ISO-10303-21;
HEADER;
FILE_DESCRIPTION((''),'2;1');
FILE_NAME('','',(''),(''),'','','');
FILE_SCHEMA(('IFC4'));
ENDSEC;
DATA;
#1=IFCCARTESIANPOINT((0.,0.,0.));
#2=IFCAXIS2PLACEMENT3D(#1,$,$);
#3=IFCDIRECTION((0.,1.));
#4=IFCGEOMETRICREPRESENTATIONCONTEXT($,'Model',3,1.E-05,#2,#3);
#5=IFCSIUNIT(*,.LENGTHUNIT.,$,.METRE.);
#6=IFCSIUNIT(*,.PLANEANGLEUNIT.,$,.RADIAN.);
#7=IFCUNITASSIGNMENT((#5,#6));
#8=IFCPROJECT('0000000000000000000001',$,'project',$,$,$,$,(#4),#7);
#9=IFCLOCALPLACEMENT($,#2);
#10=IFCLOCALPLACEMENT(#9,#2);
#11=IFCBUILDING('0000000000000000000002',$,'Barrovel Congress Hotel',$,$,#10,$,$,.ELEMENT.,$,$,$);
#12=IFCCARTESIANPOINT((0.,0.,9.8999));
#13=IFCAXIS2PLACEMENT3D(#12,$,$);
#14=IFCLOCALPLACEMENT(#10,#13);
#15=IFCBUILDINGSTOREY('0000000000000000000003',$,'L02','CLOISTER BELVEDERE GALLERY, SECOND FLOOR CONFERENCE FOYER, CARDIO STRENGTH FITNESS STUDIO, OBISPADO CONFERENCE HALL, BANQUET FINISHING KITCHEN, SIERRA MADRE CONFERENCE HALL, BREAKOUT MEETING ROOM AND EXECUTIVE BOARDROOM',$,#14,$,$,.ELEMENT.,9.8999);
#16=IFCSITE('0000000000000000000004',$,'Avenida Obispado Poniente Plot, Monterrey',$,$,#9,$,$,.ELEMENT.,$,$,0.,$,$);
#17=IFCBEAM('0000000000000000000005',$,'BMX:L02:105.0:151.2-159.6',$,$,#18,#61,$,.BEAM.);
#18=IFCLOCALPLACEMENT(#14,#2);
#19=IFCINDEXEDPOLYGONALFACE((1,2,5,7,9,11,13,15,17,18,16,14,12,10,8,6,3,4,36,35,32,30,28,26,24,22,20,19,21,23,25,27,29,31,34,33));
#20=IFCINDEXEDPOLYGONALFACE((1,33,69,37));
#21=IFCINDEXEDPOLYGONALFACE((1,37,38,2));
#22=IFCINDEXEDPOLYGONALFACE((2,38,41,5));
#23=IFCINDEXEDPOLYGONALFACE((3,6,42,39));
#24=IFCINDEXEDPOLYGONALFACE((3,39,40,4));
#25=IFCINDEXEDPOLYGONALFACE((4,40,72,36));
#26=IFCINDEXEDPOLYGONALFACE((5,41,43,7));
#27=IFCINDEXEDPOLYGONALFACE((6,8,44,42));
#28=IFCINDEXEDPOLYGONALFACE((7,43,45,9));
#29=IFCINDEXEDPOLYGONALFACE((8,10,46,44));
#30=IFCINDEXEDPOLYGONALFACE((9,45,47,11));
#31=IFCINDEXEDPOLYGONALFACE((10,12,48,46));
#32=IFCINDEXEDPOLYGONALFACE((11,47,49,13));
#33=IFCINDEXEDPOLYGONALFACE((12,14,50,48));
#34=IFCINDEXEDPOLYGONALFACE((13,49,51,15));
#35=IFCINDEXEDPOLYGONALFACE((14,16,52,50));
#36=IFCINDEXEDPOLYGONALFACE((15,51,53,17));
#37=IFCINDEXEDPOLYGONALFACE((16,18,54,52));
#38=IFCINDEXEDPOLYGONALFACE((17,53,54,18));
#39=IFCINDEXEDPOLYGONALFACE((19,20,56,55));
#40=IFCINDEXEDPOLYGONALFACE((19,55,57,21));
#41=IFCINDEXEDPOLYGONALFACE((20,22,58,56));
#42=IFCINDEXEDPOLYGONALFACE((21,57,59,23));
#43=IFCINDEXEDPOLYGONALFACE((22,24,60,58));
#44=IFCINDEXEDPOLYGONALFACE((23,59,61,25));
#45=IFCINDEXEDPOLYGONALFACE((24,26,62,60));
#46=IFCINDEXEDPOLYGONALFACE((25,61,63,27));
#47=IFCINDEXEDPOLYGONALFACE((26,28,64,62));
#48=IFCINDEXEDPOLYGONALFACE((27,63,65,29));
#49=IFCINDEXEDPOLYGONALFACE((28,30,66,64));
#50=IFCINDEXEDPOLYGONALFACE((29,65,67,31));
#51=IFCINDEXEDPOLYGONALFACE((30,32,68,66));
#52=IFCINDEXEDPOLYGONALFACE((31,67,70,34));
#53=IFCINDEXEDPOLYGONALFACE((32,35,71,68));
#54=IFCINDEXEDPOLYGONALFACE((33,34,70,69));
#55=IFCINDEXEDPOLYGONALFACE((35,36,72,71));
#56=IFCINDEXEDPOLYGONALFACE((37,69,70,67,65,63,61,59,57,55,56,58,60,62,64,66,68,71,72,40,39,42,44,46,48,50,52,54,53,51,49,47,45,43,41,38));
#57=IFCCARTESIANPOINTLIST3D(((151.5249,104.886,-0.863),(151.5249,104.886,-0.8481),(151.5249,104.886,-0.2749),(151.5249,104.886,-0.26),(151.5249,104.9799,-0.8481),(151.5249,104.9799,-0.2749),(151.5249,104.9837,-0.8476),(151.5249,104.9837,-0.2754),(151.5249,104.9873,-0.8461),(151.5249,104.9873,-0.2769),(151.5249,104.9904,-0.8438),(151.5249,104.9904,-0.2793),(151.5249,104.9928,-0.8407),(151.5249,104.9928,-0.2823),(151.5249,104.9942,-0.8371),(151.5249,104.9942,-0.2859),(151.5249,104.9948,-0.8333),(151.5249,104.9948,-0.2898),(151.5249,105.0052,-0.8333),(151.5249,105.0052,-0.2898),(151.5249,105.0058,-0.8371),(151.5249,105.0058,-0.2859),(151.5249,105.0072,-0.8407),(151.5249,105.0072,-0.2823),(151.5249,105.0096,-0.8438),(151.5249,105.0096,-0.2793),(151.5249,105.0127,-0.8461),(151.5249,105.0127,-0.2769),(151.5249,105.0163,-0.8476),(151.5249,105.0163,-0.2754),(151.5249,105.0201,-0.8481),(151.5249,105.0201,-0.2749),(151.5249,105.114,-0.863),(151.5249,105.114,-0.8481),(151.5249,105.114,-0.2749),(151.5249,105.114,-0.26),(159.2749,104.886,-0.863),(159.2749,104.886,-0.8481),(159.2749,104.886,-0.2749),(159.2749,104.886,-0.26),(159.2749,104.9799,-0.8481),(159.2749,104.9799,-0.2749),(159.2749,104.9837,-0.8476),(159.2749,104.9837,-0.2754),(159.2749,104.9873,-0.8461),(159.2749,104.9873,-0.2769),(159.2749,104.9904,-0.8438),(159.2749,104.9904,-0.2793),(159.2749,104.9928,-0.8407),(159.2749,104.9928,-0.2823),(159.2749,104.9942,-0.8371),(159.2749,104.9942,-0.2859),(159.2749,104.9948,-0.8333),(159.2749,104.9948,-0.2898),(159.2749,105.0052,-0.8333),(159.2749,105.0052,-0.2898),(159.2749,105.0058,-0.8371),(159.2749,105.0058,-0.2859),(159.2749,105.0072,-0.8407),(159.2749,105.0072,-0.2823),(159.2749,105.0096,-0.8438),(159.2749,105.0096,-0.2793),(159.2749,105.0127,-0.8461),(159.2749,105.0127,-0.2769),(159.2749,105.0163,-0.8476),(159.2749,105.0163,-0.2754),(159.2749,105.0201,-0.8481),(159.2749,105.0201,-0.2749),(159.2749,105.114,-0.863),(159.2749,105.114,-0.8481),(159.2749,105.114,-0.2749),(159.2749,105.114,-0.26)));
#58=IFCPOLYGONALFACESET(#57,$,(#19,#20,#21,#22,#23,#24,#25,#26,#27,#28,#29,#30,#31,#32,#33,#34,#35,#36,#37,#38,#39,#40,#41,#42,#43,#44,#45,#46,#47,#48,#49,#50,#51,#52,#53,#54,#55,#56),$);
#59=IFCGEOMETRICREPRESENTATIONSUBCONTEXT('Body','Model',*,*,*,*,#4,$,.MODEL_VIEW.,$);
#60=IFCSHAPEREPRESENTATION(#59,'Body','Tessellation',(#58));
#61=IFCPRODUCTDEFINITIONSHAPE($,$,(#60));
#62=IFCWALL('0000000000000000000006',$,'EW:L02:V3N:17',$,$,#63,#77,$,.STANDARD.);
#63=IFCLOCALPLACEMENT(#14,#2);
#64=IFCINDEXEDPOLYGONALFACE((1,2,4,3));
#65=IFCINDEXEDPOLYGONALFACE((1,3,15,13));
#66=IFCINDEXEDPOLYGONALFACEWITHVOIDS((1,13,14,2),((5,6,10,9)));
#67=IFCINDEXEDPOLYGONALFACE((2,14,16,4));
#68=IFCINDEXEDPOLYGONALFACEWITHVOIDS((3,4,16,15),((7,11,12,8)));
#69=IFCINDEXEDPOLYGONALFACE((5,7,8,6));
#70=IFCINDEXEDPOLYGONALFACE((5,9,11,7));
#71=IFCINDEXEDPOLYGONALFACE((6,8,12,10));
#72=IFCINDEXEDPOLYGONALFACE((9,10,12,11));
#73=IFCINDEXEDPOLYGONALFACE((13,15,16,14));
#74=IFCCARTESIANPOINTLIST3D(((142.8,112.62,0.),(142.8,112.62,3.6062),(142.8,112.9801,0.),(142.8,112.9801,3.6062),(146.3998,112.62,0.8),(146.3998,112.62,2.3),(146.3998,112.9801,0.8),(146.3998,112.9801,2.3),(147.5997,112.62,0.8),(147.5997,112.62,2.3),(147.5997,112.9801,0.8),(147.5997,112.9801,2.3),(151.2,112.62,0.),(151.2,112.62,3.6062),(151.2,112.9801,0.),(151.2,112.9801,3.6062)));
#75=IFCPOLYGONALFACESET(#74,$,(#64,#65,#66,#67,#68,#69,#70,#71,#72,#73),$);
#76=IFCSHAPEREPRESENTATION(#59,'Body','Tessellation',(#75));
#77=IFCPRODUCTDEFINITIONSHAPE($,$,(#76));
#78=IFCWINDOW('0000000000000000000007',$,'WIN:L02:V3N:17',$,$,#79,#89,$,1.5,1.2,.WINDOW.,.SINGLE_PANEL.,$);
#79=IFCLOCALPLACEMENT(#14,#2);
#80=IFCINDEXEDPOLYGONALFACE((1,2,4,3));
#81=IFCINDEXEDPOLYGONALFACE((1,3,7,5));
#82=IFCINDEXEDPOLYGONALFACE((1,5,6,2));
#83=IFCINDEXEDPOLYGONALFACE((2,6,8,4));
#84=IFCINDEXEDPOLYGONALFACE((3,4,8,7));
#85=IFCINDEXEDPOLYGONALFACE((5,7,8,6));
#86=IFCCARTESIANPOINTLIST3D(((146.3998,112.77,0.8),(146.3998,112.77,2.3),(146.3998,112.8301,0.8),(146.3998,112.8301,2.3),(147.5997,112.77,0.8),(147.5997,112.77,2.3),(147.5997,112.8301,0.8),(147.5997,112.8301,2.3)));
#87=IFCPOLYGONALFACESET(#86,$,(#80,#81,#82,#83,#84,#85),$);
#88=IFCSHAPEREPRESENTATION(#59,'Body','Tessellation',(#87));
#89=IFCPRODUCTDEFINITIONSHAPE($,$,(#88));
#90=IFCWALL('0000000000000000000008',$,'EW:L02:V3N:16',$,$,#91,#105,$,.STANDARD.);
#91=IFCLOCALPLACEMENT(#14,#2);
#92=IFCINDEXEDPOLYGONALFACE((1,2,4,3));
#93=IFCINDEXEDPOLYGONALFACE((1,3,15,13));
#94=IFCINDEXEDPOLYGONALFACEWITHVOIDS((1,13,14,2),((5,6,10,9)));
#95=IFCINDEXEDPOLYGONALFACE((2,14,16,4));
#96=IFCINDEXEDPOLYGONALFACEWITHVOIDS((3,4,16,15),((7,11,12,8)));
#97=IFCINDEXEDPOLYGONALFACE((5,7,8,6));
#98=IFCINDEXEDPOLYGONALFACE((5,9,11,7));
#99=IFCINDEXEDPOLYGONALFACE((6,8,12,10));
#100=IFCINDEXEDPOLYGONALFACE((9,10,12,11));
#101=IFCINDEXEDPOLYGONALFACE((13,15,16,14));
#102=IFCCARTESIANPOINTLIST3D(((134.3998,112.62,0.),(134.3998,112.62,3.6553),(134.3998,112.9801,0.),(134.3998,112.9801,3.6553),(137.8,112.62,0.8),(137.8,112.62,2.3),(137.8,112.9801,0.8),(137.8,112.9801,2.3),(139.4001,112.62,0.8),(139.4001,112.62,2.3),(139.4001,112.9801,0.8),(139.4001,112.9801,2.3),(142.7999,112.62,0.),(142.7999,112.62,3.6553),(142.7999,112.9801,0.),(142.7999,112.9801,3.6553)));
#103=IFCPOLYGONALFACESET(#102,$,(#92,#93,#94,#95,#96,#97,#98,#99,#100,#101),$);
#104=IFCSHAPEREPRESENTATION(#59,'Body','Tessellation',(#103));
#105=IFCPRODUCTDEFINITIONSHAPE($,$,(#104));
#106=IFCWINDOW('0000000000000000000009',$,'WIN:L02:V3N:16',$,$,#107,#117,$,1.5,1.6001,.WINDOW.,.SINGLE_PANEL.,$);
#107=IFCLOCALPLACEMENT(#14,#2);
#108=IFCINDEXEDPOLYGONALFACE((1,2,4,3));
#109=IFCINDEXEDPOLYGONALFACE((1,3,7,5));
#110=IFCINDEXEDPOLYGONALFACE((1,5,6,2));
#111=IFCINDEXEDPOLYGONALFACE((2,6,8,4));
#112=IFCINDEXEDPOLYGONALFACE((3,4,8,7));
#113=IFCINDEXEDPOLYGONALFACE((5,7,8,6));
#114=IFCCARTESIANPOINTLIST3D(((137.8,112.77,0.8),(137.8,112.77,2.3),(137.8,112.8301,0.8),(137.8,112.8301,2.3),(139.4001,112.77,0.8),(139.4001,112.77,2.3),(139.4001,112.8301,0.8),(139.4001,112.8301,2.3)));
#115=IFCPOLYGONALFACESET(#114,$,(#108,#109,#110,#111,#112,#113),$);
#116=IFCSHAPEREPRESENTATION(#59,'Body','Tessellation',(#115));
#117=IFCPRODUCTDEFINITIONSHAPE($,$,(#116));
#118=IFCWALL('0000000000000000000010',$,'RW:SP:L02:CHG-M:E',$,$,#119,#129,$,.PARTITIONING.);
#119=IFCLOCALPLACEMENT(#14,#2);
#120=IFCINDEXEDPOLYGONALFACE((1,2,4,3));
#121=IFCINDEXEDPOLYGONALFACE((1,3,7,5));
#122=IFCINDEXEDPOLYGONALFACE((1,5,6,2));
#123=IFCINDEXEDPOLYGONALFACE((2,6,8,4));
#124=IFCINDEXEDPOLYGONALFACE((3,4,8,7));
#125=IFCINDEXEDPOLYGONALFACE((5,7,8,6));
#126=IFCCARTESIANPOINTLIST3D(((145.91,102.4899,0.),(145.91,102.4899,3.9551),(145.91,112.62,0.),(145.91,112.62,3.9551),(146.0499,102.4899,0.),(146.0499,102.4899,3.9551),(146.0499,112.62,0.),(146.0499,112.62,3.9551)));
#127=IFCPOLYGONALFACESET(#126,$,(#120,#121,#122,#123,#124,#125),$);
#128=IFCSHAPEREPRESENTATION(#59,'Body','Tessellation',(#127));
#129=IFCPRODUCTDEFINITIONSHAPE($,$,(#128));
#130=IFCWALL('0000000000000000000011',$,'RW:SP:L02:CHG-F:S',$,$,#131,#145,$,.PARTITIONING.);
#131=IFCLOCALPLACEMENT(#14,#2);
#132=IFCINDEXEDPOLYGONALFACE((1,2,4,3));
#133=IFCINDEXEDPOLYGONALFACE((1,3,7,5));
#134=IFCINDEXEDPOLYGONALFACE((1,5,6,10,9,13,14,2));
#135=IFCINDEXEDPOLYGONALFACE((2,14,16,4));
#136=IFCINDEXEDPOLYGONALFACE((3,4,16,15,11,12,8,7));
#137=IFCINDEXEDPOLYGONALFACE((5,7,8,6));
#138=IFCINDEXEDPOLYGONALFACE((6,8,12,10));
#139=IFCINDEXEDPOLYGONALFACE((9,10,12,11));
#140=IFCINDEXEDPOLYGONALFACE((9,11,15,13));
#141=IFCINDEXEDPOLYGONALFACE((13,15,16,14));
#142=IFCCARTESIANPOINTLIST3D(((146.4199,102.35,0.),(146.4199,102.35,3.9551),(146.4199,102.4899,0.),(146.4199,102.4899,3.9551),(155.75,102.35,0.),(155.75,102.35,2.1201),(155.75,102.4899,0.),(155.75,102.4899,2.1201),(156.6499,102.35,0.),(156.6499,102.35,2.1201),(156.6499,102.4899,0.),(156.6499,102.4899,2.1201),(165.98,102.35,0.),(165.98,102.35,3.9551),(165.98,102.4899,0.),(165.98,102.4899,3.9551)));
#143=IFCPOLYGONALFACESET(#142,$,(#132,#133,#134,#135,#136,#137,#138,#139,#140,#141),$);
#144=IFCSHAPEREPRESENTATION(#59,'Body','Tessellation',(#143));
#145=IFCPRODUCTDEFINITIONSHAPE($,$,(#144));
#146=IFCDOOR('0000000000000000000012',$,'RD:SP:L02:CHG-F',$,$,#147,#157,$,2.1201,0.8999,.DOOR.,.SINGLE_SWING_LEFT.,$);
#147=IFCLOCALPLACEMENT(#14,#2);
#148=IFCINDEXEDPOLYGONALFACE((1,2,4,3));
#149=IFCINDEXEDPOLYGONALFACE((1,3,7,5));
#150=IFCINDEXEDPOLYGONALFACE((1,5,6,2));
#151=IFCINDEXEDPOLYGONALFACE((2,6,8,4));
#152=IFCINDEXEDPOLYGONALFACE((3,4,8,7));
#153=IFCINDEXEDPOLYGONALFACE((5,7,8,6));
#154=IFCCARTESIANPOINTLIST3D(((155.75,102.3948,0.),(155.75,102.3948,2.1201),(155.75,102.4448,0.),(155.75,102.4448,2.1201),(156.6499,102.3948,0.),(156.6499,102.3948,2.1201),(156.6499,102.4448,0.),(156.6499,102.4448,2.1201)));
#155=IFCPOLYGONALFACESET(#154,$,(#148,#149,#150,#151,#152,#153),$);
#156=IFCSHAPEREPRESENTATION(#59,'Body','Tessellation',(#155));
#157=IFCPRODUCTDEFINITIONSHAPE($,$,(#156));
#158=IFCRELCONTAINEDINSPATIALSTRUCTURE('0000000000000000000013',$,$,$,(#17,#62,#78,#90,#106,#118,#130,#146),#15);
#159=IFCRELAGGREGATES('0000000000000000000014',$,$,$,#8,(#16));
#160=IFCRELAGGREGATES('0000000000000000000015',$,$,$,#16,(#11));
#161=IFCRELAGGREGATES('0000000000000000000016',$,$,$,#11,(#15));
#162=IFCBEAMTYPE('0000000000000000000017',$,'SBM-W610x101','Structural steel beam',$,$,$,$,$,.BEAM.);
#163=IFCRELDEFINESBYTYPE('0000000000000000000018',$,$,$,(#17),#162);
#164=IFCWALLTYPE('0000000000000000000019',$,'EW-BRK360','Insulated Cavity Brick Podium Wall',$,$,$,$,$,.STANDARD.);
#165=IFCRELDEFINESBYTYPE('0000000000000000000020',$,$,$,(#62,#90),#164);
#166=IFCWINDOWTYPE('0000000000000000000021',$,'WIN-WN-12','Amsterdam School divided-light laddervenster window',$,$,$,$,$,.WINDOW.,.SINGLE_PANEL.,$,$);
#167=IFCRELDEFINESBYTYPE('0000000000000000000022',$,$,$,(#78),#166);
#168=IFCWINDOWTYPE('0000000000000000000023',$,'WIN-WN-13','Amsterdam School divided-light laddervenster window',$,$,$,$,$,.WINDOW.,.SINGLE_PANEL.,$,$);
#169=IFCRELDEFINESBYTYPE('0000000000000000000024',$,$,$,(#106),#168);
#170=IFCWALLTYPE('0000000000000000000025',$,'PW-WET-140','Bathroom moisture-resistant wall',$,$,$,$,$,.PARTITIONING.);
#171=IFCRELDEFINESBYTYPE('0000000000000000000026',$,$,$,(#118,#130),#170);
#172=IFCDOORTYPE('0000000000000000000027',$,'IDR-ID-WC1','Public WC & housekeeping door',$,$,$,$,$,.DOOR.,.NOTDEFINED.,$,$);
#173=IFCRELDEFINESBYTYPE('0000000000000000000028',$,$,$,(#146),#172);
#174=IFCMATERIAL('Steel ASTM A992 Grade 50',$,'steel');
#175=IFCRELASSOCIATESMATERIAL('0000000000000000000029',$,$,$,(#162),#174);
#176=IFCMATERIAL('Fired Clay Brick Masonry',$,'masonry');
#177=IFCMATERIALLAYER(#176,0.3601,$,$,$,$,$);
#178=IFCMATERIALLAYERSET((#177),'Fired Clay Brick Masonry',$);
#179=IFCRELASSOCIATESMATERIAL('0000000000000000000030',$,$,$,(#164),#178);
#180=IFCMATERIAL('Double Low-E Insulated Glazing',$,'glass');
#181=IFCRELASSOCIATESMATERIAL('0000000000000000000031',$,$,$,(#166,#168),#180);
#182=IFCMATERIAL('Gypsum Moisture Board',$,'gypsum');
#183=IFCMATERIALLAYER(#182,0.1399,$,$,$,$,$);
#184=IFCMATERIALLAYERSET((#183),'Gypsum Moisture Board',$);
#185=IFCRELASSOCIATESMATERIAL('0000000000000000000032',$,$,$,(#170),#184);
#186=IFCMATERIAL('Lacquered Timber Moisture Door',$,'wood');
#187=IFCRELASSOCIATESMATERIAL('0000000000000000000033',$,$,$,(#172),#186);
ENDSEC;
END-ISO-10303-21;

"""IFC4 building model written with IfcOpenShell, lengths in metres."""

from ifc_helpers import new_model, si_unit, direction, frame, frame_2d, origin, origin_2d, place, context, subcontext, project, spatial, rectangle, i_section, extrude, material, layer, layer_set, material_profile, profile_set, type_object, element, fill, save


model = new_model("IFC4")

# Units and contexts
model_context = context("Model", 3, precision=1e-05, world=origin(), true_north=direction((0.0, 1.0)))
body_context = subcontext(model_context, "Body", "Model", "MODEL_VIEW")
ifc_project = project(units=[si_unit("LENGTHUNIT", "METRE"), si_unit("PLANEANGLEUNIT", "RADIAN")], contexts=[model_context])

# Site, building, storey
site_placement = place(None, origin())
site = spatial("IfcSite", under=ifc_project, at=site_placement, Name="Avenida Obispado Poniente Plot, Monterrey", CompositionType="ELEMENT", RefElevation=0.0)
building_placement = place(site_placement, origin())
building = spatial("IfcBuilding", under=site, at=building_placement, Name="Barrovel Congress Hotel", CompositionType="ELEMENT")
storey_placement = place(building_placement, frame((0.0, 0.0, 9.8999)))
storey = spatial("IfcBuildingStorey", under=building, at=storey_placement, Name="L02", Description="CLOISTER BELVEDERE GALLERY, SECOND FLOOR CONFERENCE FOYER, CARDIO STRENGTH FITNESS STUDIO, OBISPADO CONFERENCE HALL, BANQUET FINISHING KITCHEN, SIERRA MADRE CONFERENCE HALL, BREAKOUT MEETING ROOM AND EXECUTIVE BOARDROOM", CompositionType="ELEMENT", Elevation=9.8999)

# Beam
ifc_material_1 = material(Name="Steel ASTM A992 Grade 50", Category="steel")
ifc_material_profile_1 = material_profile(ifc_material_1, i_section(OverallWidth=0.228, OverallDepth=0.603, WebThickness=0.0105, FlangeThickness=0.0149, FilletRadius=0.0149, at=origin_2d()), Name="W610x101")
ifc_profile_set_1 = profile_set([ifc_material_profile_1], Name="Steel ASTM A992 Grade 50")
beam_type_1 = type_object("IfcBeamType", Name="SBM-W610x101", Description="Structural steel beam", PredefinedType="BEAM", material=ifc_profile_set_1)
beam_1_placement = place(storey_placement, frame((151.5249, 105.0, -0.5615), z_axis=(1.0, 0.0, 0.0), x_axis=(0.0, 1.0, 0.0)))
element("IfcBeam", 1, at=beam_1_placement, inside=storey, type_object=beam_type_1, Name="BMX:L02:105.0:151.2-159.6", PredefinedType="BEAM", context=body_context, shape_type="SweptSolid", body=[
    extrude(i_section(OverallWidth=0.228, OverallDepth=0.603, WebThickness=0.0105, FlangeThickness=0.0149, FilletRadius=0.0149, at=origin_2d()), origin(), (0.0, 0.0, 1.0), 7.75),
])

# Walls, openings, windows
ifc_material_2 = material(Name="Fired Clay Brick Masonry", Category="masonry")
ifc_layer_1 = layer(ifc_material_2, 0.3601)
ifc_layer_set_1 = layer_set([ifc_layer_1], Name="Fired Clay Brick Masonry")
wall_type_1 = type_object("IfcWallType", Name="EW-BRK360", Description="Insulated Cavity Brick Podium Wall", PredefinedType="STANDARD", material=ifc_layer_set_1)
wall_1_placement = place(storey_placement, frame((151.2, 112.8, 0.0), z_axis=(0.0, 0.0, 1.0), x_axis=(-1.0, 0.0, 0.0)))
wall_1 = element("IfcWall", 2, at=wall_1_placement, inside=storey, type_object=wall_type_1, Name="EW:L02:V3N:17", PredefinedType="STANDARD", context=body_context, shape_type="SweptSolid", body=[
    extrude(rectangle(XDim=8.3999, YDim=0.3601, at=frame_2d((4.2, 0.0))), origin(), (0.0, 0.0, 1.0), 3.6062),
])
opening_1_placement = place(wall_1_placement, frame((3.6001, 0.0, 0.8)))
opening_1 = element("IfcOpeningElement", 3, at=opening_1_placement, cuts=wall_1, PredefinedType="OPENING", context=body_context, shape_type="SweptSolid", body=[
    extrude(rectangle(XDim=1.2, YDim=1.5, at=frame_2d((0.6001, 0.75))), frame((0.0, 0.1899, 0.0), z_axis=(0.0, -1.0, 0.0), x_axis=(1.0, 0.0, 0.0)), (0.0, 0.0, 1.0), 0.3801),
])
ifc_material_3 = material(Name="Double Low-E Insulated Glazing", Category="glass")
window_type_1 = type_object("IfcWindowType", Name="WIN-WN-12", Description="Amsterdam School divided-light laddervenster window", PartitioningType="SINGLE_PANEL", PredefinedType="WINDOW", material=ifc_material_3)
window_1_placement = place(opening_1_placement, origin())
window_1 = element("IfcWindow", 4, at=window_1_placement, inside=storey, type_object=window_type_1, Name="WIN:L02:V3N:17", OverallHeight=1.5, OverallWidth=1.2, PartitioningType="SINGLE_PANEL", PredefinedType="WINDOW", context=body_context, shape_type="SweptSolid", body=[
    extrude(rectangle(XDim=1.2, YDim=1.5, at=frame_2d((0.6001, 0.75))), frame((0.0, 0.03, 0.0), z_axis=(0.0, -1.0, 0.0), x_axis=(1.0, 0.0, 0.0)), (0.0, 0.0, 1.0), 0.0601),
])
fill(opening_1, window_1)
wall_2_placement = place(storey_placement, frame((142.8, 112.8, 0.0), z_axis=(0.0, 0.0, 1.0), x_axis=(-1.0, 0.0, 0.0)))
wall_2 = element("IfcWall", 5, at=wall_2_placement, inside=storey, type_object=wall_type_1, Name="EW:L02:V3N:16", PredefinedType="STANDARD", context=body_context, shape_type="SweptSolid", body=[
    extrude(rectangle(XDim=8.4001, YDim=0.3601, at=frame_2d((4.2002, 0.0))), origin(), (0.0, 0.0, 1.0), 3.6553),
])
opening_2_placement = place(wall_2_placement, frame((3.3999, 0.0, 0.8)))
opening_2 = element("IfcOpeningElement", 6, at=opening_2_placement, cuts=wall_2, PredefinedType="OPENING", context=body_context, shape_type="SweptSolid", body=[
    extrude(rectangle(XDim=1.6001, YDim=1.5, at=frame_2d((0.8, 0.75))), frame((0.0, 0.1899, 0.0), z_axis=(0.0, -1.0, 0.0), x_axis=(1.0, 0.0, 0.0)), (0.0, 0.0, 1.0), 0.3801),
])
window_type_2 = type_object("IfcWindowType", Name="WIN-WN-13", Description="Amsterdam School divided-light laddervenster window", PartitioningType="SINGLE_PANEL", PredefinedType="WINDOW", material=ifc_material_3)
window_2_placement = place(opening_2_placement, origin())
window_2 = element("IfcWindow", 7, at=window_2_placement, inside=storey, type_object=window_type_2, Name="WIN:L02:V3N:16", OverallHeight=1.5, OverallWidth=1.6001, PartitioningType="SINGLE_PANEL", PredefinedType="WINDOW", context=body_context, shape_type="SweptSolid", body=[
    extrude(rectangle(XDim=1.6001, YDim=1.5, at=frame_2d((0.8, 0.75))), frame((0.0, 0.03, 0.0), z_axis=(0.0, -1.0, 0.0), x_axis=(1.0, 0.0, 0.0)), (0.0, 0.0, 1.0), 0.0601),
])
fill(opening_2, window_2)

# Wall
ifc_material_4 = material(Name="Gypsum Moisture Board", Category="gypsum")
ifc_layer_2 = layer(ifc_material_4, 0.1399)
ifc_layer_set_2 = layer_set([ifc_layer_2], Name="Gypsum Moisture Board")
wall_type_2 = type_object("IfcWallType", Name="PW-WET-140", Description="Bathroom moisture-resistant wall", PredefinedType="PARTITIONING", material=ifc_layer_set_2)
wall_3_placement = place(storey_placement, frame((145.98, 102.49, 0.0), z_axis=(0.0, 0.0, 1.0), x_axis=(0.0, 1.0, 0.0)))
element("IfcWall", 8, at=wall_3_placement, inside=storey, type_object=wall_type_2, Name="RW:SP:L02:CHG-M:E", PredefinedType="PARTITIONING", context=body_context, shape_type="SweptSolid", body=[
    extrude(rectangle(XDim=10.1301, YDim=0.1399, at=frame_2d((5.0649, 0.0))), origin(), (0.0, 0.0, 1.0), 3.9551),
])

# Wall, opening, door
wall_4_placement = place(storey_placement, frame((146.4199, 102.4199, 0.0), z_axis=(0.0, 0.0, 1.0), x_axis=(1.0, 0.0, 0.0)))
wall_4 = element("IfcWall", 9, at=wall_4_placement, inside=storey, type_object=wall_type_2, Name="RW:SP:L02:CHG-F:S", PredefinedType="PARTITIONING", context=body_context, shape_type="SweptSolid", body=[
    extrude(rectangle(XDim=19.5601, YDim=0.1399, at=frame_2d((9.78, 0.0))), origin(), (0.0, 0.0, 1.0), 3.9551),
])
opening_3_placement = place(wall_4_placement, frame((9.3301, 0.0, 0.0)))
opening_3 = element("IfcOpeningElement", 10, at=opening_3_placement, cuts=wall_4, PredefinedType="OPENING", context=body_context, shape_type="SweptSolid", body=[
    extrude(rectangle(XDim=0.8999, YDim=2.1201, at=frame_2d((0.45, 1.0601))), frame((0.0, 0.0801, 0.0), z_axis=(0.0, -1.0, 0.0), x_axis=(1.0, 0.0, 0.0)), (0.0, 0.0, 1.0), 0.1599),
])
ifc_material_5 = material(Name="Lacquered Timber Moisture Door", Category="wood")
door_type = type_object("IfcDoorType", Name="IDR-ID-WC1", Description="Public WC & housekeeping door", OperationType="NOTDEFINED", PredefinedType="DOOR", material=ifc_material_5)
door_placement = place(opening_3_placement, origin())
door = element("IfcDoor", 11, at=door_placement, inside=storey, type_object=door_type, Name="RD:SP:L02:CHG-F", OperationType="SINGLE_SWING_LEFT", OverallHeight=2.1201, OverallWidth=0.8999, PredefinedType="DOOR", context=body_context, shape_type="SweptSolid", body=[
    extrude(rectangle(XDim=0.8999, YDim=2.1201, at=frame_2d((0.45, 1.0601))), frame((0.0, 0.0249, 0.0), z_axis=(0.0, -1.0, 0.0), x_axis=(1.0, 0.0, 0.0)), (0.0, 0.0, 1.0), 0.05),
])
fill(opening_3, door)

save(model, "model.ifc")
